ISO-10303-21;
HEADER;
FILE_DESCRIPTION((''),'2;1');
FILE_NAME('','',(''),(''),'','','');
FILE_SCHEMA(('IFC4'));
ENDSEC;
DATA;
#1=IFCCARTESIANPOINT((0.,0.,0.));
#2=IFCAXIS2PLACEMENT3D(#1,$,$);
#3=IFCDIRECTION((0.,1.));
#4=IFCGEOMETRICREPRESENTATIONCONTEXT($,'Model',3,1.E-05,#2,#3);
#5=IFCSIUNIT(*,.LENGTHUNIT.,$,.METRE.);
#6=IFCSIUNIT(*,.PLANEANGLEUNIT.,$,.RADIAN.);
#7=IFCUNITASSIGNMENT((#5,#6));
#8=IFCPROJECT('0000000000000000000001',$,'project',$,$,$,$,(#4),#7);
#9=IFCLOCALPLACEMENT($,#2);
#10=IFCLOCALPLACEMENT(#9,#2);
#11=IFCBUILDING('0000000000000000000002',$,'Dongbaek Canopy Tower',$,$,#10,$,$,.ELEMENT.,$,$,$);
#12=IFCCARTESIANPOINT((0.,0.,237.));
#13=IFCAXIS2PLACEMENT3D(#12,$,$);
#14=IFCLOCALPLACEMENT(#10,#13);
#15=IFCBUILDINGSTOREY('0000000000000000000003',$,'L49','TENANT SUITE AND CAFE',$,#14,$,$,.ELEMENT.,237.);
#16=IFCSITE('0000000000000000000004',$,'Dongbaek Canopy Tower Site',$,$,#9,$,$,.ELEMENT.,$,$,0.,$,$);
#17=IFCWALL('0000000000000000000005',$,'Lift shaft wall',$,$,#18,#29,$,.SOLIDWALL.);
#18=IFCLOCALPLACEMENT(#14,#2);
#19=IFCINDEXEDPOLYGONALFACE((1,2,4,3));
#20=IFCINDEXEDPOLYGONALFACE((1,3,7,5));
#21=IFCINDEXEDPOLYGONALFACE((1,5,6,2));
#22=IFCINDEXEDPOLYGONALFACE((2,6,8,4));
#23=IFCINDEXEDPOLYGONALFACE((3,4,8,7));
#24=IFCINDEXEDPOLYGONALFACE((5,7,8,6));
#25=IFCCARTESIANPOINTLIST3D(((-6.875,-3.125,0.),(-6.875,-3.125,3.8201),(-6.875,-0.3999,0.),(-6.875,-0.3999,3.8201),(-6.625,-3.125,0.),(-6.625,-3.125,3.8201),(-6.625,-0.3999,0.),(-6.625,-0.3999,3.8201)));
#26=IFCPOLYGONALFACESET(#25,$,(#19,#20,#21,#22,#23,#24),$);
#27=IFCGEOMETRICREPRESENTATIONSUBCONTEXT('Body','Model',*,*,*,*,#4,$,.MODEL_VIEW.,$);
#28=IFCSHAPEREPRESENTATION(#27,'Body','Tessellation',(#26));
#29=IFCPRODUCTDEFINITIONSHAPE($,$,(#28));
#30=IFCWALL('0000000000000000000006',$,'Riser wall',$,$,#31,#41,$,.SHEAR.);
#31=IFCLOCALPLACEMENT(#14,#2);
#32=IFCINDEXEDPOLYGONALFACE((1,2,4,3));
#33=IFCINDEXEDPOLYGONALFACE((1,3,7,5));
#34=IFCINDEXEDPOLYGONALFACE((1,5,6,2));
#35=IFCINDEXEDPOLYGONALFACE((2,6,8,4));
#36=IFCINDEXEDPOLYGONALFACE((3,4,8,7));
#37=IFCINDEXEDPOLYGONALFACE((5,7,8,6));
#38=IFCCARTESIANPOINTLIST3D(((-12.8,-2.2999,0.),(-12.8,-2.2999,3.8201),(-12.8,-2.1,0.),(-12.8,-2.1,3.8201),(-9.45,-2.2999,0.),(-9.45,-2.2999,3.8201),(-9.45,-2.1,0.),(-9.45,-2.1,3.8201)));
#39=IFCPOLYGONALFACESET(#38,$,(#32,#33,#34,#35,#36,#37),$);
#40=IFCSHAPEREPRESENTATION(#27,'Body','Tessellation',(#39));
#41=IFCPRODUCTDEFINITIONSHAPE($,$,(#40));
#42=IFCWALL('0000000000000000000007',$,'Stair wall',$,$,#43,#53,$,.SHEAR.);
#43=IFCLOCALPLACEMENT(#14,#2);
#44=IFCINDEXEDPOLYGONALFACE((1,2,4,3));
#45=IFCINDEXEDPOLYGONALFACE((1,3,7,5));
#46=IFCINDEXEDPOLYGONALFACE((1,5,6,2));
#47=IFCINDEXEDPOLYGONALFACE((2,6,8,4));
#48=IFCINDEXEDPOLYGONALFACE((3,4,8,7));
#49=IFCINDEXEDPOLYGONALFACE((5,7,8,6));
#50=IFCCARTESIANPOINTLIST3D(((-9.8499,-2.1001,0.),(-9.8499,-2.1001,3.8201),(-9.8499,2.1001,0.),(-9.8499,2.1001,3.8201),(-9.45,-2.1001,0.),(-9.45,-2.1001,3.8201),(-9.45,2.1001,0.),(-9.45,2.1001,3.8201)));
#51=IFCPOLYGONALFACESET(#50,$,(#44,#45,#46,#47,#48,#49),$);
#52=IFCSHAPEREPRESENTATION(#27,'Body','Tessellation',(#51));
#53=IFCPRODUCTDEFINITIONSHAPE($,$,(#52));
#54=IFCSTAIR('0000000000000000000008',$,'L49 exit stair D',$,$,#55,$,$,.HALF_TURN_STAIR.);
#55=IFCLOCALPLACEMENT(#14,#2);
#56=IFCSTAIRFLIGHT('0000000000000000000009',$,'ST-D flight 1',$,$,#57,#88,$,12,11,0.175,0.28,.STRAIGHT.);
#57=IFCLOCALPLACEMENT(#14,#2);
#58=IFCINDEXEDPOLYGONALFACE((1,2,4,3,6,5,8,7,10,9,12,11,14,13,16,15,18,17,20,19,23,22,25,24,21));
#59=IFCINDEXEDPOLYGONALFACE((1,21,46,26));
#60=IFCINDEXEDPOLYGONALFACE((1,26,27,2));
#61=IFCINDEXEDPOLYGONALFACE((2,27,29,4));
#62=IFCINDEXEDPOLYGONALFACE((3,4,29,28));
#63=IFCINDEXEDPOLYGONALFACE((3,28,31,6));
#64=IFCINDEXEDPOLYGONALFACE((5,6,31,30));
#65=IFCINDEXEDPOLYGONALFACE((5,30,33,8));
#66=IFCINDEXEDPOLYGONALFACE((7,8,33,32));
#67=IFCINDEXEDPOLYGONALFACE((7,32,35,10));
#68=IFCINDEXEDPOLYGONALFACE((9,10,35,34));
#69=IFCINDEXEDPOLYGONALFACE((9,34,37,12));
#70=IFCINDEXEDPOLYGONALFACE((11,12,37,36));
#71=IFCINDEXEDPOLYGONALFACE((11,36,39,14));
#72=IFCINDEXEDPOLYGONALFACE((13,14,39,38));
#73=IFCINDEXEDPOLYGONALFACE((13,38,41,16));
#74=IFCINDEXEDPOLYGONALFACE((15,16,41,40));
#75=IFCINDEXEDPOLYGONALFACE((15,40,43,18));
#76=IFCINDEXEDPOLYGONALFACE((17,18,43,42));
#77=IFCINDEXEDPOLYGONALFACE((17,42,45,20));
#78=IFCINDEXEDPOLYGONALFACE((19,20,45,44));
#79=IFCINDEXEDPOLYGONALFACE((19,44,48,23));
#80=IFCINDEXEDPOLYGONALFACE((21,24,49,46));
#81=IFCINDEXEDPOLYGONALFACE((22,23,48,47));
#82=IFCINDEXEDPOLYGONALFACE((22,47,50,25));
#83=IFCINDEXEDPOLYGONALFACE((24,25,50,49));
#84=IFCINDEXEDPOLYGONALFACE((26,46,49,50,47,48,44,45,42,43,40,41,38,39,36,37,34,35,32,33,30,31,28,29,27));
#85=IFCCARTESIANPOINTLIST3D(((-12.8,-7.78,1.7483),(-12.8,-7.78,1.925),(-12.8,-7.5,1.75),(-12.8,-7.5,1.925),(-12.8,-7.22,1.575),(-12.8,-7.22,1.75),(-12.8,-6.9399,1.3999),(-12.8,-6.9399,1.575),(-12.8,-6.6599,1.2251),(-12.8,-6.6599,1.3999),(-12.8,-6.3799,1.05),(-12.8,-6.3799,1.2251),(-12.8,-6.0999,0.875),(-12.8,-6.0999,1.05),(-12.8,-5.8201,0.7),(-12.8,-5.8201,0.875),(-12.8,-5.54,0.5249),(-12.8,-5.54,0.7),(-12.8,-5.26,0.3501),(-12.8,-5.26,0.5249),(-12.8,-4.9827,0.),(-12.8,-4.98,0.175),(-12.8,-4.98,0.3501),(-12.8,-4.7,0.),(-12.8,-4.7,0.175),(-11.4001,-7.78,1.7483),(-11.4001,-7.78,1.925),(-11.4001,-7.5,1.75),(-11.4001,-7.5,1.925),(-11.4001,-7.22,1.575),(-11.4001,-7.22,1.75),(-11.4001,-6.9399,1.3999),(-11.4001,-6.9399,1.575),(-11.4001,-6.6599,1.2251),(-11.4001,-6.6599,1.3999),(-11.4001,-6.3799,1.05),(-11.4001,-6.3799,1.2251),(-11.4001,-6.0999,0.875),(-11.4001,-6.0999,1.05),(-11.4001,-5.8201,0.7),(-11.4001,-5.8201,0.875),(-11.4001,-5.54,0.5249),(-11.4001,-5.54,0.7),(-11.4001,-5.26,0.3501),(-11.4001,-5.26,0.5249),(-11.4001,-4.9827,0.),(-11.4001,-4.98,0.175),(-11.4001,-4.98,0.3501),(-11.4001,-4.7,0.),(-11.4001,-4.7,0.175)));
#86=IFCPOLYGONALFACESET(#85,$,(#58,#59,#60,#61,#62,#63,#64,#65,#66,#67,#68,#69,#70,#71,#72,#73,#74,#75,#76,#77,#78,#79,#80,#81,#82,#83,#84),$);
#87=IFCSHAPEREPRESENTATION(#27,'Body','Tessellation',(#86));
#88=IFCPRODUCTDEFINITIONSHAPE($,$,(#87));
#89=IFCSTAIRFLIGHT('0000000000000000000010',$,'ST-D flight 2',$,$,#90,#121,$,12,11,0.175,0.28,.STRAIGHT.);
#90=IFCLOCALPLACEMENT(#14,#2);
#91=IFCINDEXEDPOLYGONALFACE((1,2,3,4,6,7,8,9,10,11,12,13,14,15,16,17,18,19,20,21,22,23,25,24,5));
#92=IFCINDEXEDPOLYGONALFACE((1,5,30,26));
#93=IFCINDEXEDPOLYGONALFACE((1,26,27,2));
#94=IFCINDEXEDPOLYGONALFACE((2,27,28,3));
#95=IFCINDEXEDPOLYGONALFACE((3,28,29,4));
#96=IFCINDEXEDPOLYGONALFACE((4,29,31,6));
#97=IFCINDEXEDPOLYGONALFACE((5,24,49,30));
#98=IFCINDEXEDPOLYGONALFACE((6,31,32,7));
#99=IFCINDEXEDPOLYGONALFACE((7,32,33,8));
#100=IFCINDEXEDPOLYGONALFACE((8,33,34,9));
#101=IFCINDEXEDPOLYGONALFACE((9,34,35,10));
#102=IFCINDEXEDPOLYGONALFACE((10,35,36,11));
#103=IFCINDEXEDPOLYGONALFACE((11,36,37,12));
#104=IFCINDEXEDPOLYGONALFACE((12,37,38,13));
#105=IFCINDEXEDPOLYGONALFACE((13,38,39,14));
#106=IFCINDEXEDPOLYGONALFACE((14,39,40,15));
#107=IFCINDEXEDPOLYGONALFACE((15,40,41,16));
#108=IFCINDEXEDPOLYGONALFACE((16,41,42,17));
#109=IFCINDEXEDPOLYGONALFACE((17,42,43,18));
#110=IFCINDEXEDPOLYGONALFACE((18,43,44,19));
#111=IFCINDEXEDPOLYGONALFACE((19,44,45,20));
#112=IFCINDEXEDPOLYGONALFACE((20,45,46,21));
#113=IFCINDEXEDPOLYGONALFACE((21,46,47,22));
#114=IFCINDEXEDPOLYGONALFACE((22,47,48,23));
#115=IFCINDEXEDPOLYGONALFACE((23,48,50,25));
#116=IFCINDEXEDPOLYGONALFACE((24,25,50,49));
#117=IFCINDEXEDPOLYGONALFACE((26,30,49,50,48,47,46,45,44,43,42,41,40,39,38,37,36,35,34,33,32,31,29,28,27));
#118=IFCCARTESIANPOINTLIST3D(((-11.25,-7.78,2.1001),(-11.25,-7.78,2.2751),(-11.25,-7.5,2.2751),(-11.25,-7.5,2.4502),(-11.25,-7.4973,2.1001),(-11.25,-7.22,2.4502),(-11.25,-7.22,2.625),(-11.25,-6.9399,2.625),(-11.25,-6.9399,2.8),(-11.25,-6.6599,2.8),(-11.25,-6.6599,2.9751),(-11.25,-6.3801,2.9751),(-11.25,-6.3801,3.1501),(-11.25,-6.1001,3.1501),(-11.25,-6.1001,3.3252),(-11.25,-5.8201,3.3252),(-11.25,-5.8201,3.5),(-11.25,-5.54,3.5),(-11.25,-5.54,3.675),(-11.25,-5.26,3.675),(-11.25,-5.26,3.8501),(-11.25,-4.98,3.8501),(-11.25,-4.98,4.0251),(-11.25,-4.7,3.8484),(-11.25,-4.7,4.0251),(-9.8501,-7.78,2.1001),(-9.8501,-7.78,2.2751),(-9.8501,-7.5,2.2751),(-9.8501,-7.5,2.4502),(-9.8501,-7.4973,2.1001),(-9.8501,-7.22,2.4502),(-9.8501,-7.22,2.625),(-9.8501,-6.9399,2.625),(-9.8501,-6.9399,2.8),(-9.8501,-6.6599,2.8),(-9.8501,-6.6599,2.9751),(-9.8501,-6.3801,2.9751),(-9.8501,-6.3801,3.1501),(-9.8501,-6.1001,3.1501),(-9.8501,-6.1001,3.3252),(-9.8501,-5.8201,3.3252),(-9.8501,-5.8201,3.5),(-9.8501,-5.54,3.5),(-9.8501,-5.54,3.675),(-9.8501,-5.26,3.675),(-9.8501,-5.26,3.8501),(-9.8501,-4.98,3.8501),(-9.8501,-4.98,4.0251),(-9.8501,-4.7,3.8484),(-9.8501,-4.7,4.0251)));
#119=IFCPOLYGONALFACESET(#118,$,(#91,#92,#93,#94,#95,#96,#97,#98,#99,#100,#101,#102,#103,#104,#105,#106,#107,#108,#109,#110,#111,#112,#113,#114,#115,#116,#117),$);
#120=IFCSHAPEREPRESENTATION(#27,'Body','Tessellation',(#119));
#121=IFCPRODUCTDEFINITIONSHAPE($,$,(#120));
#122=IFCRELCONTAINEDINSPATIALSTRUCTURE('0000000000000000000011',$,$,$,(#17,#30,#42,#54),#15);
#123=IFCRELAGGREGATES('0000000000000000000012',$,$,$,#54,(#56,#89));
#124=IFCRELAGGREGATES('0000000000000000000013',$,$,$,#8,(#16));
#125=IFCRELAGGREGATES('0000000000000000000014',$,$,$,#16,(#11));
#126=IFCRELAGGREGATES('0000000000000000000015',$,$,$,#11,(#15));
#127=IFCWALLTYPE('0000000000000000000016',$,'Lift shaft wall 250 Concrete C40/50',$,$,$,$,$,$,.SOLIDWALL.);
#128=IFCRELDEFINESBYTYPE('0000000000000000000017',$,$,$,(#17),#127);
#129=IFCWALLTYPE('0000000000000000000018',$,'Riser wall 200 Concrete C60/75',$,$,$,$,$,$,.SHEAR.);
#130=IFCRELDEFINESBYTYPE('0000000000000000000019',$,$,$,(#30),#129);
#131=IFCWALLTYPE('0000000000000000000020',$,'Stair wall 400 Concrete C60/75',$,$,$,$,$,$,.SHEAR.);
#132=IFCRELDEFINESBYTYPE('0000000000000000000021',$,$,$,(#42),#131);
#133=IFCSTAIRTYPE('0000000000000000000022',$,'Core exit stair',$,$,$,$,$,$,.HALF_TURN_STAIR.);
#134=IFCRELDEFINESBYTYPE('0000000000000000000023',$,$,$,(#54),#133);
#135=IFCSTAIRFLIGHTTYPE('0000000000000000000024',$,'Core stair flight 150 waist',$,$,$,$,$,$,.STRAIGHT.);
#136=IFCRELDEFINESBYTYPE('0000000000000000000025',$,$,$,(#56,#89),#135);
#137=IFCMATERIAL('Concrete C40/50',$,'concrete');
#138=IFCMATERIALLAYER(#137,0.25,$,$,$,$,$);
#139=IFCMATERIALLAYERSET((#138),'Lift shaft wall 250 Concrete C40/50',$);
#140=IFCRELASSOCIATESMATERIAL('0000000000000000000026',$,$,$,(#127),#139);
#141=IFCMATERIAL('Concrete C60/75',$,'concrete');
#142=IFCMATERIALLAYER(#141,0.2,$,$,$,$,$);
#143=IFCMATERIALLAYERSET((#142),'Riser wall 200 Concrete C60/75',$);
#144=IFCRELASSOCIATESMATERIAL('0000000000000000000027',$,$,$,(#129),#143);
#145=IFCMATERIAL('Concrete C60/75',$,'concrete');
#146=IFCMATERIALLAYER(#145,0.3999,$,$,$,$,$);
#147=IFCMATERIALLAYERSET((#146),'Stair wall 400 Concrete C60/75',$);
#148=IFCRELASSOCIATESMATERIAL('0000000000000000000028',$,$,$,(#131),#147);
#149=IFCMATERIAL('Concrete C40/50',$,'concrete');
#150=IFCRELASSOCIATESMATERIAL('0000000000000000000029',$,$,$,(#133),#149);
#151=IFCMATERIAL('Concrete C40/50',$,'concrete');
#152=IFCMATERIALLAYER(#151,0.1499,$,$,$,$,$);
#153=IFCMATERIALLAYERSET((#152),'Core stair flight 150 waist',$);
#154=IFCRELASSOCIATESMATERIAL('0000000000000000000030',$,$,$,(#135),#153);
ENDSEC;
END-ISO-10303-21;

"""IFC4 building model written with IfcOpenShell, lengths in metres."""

from ifc_helpers import new_model, si_unit, direction, frame, frame_2d, origin, place, context, subcontext, project, spatial, polyline, rectangle, outline, extrude, material, layer, layer_set, type_object, element, aggregate, save


model = new_model("IFC4")

# Units and contexts
model_context = context("Model", 3, precision=1e-05, world=origin(), true_north=direction((0.0, 1.0)))
body_context = subcontext(model_context, "Body", "Model", "MODEL_VIEW")
ifc_project = project(units=[si_unit("LENGTHUNIT", "METRE"), si_unit("PLANEANGLEUNIT", "RADIAN")], contexts=[model_context])

# Site, building, storey
site_placement = place(None, origin())
site = spatial("IfcSite", under=ifc_project, at=site_placement, Name="Dongbaek Canopy Tower Site", CompositionType="ELEMENT", RefElevation=0.0)
building_placement = place(site_placement, origin())
building = spatial("IfcBuilding", under=site, at=building_placement, Name="Dongbaek Canopy Tower", CompositionType="ELEMENT")
storey_placement = place(building_placement, frame((0.0, 0.0, 237.0)))
storey = spatial("IfcBuildingStorey", under=building, at=storey_placement, Name="L49", Description="TENANT SUITE AND CAFE", CompositionType="ELEMENT", Elevation=237.0)

# Walls
ifc_material_1 = material(Name="Concrete C40/50", Category="concrete")
ifc_layer_1 = layer(ifc_material_1, 0.25)
ifc_layer_set_1 = layer_set([ifc_layer_1], Name="Lift shaft wall 250 Concrete C40/50")
wall_type_1 = type_object("IfcWallType", Name="Lift shaft wall 250 Concrete C40/50", PredefinedType="SOLIDWALL", material=ifc_layer_set_1)
for number, where, z_axis, x_axis, name in (
    (1, (-6.75, -3.125, 0.0), (0.0, 0.0, 1.0), (0.0, 1.0, 0.0), "Lift shaft wall"),
):
    element("IfcWall", number, at=place(storey_placement, frame(where, z_axis=z_axis, x_axis=x_axis)), inside=storey, type_object=wall_type_1, Name=name, PredefinedType="SOLIDWALL", context=body_context, shape_type="SweptSolid", body=[
        extrude(rectangle(XDim=2.7251, YDim=0.25, at=frame_2d((1.3625, 0.0))), origin(), (0.0, 0.0, 1.0), 3.8201),
    ])
ifc_material_2 = material(Name="Concrete C60/75", Category="concrete")
ifc_layer_2 = layer(ifc_material_2, 0.2)
ifc_layer_set_2 = layer_set([ifc_layer_2], Name="Riser wall 200 Concrete C60/75")
wall_type_2 = type_object("IfcWallType", Name="Riser wall 200 Concrete C60/75", PredefinedType="SHEAR", material=ifc_layer_set_2)
wall_1_placement = place(storey_placement, frame((-9.45, -2.2, 0.0), z_axis=(0.0, 0.0, 1.0), x_axis=(-1.0, 0.0, 0.0)))
element("IfcWall", 2, at=wall_1_placement, inside=storey, type_object=wall_type_2, Name="Riser wall", PredefinedType="SHEAR", context=body_context, shape_type="SweptSolid", body=[
    extrude(rectangle(XDim=3.3501, YDim=0.2, at=frame_2d((1.675, 0.0))), origin(), (0.0, 0.0, 1.0), 3.8201),
])
ifc_material_3 = material(Name="Concrete C60/75", Category="concrete")
ifc_layer_3 = layer(ifc_material_3, 0.3999)
ifc_layer_set_3 = layer_set([ifc_layer_3], Name="Stair wall 400 Concrete C60/75")
wall_type_3 = type_object("IfcWallType", Name="Stair wall 400 Concrete C60/75", PredefinedType="SHEAR", material=ifc_layer_set_3)
wall_2_placement = place(storey_placement, frame((-9.6499, -2.1001, 0.0), z_axis=(0.0, 0.0, 1.0), x_axis=(0.0, 1.0, 0.0)))
element("IfcWall", 3, at=wall_2_placement, inside=storey, type_object=wall_type_3, Name="Stair wall", PredefinedType="SHEAR", context=body_context, shape_type="SweptSolid", body=[
    extrude(rectangle(XDim=4.2002, YDim=0.3999, at=frame_2d((2.1001, 0.0))), origin(), (0.0, 0.0, 1.0), 3.8201),
])

# Stair, stair flights
ifc_material_4 = material(Name="Concrete C40/50", Category="concrete")
stair_type = type_object("IfcStairType", Name="Core exit stair", PredefinedType="HALF_TURN_STAIR", material=ifc_material_4)
stair_placement = place(storey_placement, origin())
stair = element("IfcStair", 4, at=stair_placement, inside=storey, type_object=stair_type, Name="L49 exit stair D", PredefinedType="HALF_TURN_STAIR")
ifc_material_5 = material(Name="Concrete C40/50", Category="concrete")
ifc_layer_4 = layer(ifc_material_5, 0.1499)
ifc_layer_set_4 = layer_set([ifc_layer_4], Name="Core stair flight 150 waist")
stair_flight_type = type_object("IfcStairFlightType", Name="Core stair flight 150 waist", PredefinedType="STRAIGHT", material=ifc_layer_set_4)
stair_flight_1_placement = place(storey_placement, frame((-12.1001, -4.7, 0.0), z_axis=(0.0, 0.0, 1.0), x_axis=(0.0, -1.0, 0.0)))
stair_flight_1 = element("IfcStairFlight", 5, at=stair_flight_1_placement, type_object=stair_flight_type, Name="ST-D flight 1", NumberOfRisers=12, NumberOfTreads=11, PredefinedType="STRAIGHT", RiserHeight=0.175, TreadLength=0.28, context=body_context, shape_type="SweptSolid", body=[
    extrude(outline(polyline([(0.0, 0.0), (0.0, 0.175), (0.28, 0.175), (0.28, 0.3501), (0.5601, 0.3501), (0.5601, 0.5249), (0.8401, 0.5249), (0.8401, 0.7), (1.1201, 0.7), (1.1201, 0.875), (1.3999, 0.875), (1.3999, 1.05), (1.6799, 1.05), (1.6799, 1.2251), (1.96, 1.2251), (1.96, 1.3999), (2.24, 1.3999), (2.24, 1.575), (2.52, 1.575), (2.52, 1.75), (2.8, 1.75), (2.8, 1.925), (3.0801, 1.925), (3.0801, 2.1001), (3.0801, 1.7483), (0.2827, 0.0), (0.0, 0.0)])), frame((0.0, 0.7, 0.0), z_axis=(0.0, -1.0, 0.0), x_axis=(1.0, 0.0, 0.0)), (0.0, 0.0, 1.0), 1.3999),
])
stair_flight_2_placement = place(storey_placement, frame((-10.55, -7.78, 2.1001), z_axis=(0.0, 0.0, 1.0), x_axis=(0.0, 1.0, 0.0)))
stair_flight_2 = element("IfcStairFlight", 6, at=stair_flight_2_placement, type_object=stair_flight_type, Name="ST-D flight 2", NumberOfRisers=12, NumberOfTreads=11, PredefinedType="STRAIGHT", RiserHeight=0.175, TreadLength=0.28, context=body_context, shape_type="SweptSolid", body=[
    extrude(outline(polyline([(0.0, 0.0), (0.0, 0.175), (0.28, 0.175), (0.28, 0.3501), (0.5601, 0.3501), (0.5601, 0.5249), (0.8401, 0.5249), (0.8401, 0.7), (1.1201, 0.7), (1.1201, 0.875), (1.3999, 0.875), (1.3999, 1.05), (1.6799, 1.05), (1.6799, 1.2251), (1.96, 1.2251), (1.96, 1.3999), (2.24, 1.3999), (2.24, 1.575), (2.52, 1.575), (2.52, 1.75), (2.8, 1.75), (2.8, 1.925), (3.0801, 1.925), (3.0801, 2.1001), (3.0801, 1.7483), (0.2827, 0.0), (0.0, 0.0)])), frame((0.0, 0.7, 0.0), z_axis=(0.0, -1.0, 0.0), x_axis=(1.0, 0.0, 0.0)), (0.0, 0.0, 1.0), 1.3999),
])
aggregate(stair, [stair_flight_1, stair_flight_2])

save(model, "model.ifc")
